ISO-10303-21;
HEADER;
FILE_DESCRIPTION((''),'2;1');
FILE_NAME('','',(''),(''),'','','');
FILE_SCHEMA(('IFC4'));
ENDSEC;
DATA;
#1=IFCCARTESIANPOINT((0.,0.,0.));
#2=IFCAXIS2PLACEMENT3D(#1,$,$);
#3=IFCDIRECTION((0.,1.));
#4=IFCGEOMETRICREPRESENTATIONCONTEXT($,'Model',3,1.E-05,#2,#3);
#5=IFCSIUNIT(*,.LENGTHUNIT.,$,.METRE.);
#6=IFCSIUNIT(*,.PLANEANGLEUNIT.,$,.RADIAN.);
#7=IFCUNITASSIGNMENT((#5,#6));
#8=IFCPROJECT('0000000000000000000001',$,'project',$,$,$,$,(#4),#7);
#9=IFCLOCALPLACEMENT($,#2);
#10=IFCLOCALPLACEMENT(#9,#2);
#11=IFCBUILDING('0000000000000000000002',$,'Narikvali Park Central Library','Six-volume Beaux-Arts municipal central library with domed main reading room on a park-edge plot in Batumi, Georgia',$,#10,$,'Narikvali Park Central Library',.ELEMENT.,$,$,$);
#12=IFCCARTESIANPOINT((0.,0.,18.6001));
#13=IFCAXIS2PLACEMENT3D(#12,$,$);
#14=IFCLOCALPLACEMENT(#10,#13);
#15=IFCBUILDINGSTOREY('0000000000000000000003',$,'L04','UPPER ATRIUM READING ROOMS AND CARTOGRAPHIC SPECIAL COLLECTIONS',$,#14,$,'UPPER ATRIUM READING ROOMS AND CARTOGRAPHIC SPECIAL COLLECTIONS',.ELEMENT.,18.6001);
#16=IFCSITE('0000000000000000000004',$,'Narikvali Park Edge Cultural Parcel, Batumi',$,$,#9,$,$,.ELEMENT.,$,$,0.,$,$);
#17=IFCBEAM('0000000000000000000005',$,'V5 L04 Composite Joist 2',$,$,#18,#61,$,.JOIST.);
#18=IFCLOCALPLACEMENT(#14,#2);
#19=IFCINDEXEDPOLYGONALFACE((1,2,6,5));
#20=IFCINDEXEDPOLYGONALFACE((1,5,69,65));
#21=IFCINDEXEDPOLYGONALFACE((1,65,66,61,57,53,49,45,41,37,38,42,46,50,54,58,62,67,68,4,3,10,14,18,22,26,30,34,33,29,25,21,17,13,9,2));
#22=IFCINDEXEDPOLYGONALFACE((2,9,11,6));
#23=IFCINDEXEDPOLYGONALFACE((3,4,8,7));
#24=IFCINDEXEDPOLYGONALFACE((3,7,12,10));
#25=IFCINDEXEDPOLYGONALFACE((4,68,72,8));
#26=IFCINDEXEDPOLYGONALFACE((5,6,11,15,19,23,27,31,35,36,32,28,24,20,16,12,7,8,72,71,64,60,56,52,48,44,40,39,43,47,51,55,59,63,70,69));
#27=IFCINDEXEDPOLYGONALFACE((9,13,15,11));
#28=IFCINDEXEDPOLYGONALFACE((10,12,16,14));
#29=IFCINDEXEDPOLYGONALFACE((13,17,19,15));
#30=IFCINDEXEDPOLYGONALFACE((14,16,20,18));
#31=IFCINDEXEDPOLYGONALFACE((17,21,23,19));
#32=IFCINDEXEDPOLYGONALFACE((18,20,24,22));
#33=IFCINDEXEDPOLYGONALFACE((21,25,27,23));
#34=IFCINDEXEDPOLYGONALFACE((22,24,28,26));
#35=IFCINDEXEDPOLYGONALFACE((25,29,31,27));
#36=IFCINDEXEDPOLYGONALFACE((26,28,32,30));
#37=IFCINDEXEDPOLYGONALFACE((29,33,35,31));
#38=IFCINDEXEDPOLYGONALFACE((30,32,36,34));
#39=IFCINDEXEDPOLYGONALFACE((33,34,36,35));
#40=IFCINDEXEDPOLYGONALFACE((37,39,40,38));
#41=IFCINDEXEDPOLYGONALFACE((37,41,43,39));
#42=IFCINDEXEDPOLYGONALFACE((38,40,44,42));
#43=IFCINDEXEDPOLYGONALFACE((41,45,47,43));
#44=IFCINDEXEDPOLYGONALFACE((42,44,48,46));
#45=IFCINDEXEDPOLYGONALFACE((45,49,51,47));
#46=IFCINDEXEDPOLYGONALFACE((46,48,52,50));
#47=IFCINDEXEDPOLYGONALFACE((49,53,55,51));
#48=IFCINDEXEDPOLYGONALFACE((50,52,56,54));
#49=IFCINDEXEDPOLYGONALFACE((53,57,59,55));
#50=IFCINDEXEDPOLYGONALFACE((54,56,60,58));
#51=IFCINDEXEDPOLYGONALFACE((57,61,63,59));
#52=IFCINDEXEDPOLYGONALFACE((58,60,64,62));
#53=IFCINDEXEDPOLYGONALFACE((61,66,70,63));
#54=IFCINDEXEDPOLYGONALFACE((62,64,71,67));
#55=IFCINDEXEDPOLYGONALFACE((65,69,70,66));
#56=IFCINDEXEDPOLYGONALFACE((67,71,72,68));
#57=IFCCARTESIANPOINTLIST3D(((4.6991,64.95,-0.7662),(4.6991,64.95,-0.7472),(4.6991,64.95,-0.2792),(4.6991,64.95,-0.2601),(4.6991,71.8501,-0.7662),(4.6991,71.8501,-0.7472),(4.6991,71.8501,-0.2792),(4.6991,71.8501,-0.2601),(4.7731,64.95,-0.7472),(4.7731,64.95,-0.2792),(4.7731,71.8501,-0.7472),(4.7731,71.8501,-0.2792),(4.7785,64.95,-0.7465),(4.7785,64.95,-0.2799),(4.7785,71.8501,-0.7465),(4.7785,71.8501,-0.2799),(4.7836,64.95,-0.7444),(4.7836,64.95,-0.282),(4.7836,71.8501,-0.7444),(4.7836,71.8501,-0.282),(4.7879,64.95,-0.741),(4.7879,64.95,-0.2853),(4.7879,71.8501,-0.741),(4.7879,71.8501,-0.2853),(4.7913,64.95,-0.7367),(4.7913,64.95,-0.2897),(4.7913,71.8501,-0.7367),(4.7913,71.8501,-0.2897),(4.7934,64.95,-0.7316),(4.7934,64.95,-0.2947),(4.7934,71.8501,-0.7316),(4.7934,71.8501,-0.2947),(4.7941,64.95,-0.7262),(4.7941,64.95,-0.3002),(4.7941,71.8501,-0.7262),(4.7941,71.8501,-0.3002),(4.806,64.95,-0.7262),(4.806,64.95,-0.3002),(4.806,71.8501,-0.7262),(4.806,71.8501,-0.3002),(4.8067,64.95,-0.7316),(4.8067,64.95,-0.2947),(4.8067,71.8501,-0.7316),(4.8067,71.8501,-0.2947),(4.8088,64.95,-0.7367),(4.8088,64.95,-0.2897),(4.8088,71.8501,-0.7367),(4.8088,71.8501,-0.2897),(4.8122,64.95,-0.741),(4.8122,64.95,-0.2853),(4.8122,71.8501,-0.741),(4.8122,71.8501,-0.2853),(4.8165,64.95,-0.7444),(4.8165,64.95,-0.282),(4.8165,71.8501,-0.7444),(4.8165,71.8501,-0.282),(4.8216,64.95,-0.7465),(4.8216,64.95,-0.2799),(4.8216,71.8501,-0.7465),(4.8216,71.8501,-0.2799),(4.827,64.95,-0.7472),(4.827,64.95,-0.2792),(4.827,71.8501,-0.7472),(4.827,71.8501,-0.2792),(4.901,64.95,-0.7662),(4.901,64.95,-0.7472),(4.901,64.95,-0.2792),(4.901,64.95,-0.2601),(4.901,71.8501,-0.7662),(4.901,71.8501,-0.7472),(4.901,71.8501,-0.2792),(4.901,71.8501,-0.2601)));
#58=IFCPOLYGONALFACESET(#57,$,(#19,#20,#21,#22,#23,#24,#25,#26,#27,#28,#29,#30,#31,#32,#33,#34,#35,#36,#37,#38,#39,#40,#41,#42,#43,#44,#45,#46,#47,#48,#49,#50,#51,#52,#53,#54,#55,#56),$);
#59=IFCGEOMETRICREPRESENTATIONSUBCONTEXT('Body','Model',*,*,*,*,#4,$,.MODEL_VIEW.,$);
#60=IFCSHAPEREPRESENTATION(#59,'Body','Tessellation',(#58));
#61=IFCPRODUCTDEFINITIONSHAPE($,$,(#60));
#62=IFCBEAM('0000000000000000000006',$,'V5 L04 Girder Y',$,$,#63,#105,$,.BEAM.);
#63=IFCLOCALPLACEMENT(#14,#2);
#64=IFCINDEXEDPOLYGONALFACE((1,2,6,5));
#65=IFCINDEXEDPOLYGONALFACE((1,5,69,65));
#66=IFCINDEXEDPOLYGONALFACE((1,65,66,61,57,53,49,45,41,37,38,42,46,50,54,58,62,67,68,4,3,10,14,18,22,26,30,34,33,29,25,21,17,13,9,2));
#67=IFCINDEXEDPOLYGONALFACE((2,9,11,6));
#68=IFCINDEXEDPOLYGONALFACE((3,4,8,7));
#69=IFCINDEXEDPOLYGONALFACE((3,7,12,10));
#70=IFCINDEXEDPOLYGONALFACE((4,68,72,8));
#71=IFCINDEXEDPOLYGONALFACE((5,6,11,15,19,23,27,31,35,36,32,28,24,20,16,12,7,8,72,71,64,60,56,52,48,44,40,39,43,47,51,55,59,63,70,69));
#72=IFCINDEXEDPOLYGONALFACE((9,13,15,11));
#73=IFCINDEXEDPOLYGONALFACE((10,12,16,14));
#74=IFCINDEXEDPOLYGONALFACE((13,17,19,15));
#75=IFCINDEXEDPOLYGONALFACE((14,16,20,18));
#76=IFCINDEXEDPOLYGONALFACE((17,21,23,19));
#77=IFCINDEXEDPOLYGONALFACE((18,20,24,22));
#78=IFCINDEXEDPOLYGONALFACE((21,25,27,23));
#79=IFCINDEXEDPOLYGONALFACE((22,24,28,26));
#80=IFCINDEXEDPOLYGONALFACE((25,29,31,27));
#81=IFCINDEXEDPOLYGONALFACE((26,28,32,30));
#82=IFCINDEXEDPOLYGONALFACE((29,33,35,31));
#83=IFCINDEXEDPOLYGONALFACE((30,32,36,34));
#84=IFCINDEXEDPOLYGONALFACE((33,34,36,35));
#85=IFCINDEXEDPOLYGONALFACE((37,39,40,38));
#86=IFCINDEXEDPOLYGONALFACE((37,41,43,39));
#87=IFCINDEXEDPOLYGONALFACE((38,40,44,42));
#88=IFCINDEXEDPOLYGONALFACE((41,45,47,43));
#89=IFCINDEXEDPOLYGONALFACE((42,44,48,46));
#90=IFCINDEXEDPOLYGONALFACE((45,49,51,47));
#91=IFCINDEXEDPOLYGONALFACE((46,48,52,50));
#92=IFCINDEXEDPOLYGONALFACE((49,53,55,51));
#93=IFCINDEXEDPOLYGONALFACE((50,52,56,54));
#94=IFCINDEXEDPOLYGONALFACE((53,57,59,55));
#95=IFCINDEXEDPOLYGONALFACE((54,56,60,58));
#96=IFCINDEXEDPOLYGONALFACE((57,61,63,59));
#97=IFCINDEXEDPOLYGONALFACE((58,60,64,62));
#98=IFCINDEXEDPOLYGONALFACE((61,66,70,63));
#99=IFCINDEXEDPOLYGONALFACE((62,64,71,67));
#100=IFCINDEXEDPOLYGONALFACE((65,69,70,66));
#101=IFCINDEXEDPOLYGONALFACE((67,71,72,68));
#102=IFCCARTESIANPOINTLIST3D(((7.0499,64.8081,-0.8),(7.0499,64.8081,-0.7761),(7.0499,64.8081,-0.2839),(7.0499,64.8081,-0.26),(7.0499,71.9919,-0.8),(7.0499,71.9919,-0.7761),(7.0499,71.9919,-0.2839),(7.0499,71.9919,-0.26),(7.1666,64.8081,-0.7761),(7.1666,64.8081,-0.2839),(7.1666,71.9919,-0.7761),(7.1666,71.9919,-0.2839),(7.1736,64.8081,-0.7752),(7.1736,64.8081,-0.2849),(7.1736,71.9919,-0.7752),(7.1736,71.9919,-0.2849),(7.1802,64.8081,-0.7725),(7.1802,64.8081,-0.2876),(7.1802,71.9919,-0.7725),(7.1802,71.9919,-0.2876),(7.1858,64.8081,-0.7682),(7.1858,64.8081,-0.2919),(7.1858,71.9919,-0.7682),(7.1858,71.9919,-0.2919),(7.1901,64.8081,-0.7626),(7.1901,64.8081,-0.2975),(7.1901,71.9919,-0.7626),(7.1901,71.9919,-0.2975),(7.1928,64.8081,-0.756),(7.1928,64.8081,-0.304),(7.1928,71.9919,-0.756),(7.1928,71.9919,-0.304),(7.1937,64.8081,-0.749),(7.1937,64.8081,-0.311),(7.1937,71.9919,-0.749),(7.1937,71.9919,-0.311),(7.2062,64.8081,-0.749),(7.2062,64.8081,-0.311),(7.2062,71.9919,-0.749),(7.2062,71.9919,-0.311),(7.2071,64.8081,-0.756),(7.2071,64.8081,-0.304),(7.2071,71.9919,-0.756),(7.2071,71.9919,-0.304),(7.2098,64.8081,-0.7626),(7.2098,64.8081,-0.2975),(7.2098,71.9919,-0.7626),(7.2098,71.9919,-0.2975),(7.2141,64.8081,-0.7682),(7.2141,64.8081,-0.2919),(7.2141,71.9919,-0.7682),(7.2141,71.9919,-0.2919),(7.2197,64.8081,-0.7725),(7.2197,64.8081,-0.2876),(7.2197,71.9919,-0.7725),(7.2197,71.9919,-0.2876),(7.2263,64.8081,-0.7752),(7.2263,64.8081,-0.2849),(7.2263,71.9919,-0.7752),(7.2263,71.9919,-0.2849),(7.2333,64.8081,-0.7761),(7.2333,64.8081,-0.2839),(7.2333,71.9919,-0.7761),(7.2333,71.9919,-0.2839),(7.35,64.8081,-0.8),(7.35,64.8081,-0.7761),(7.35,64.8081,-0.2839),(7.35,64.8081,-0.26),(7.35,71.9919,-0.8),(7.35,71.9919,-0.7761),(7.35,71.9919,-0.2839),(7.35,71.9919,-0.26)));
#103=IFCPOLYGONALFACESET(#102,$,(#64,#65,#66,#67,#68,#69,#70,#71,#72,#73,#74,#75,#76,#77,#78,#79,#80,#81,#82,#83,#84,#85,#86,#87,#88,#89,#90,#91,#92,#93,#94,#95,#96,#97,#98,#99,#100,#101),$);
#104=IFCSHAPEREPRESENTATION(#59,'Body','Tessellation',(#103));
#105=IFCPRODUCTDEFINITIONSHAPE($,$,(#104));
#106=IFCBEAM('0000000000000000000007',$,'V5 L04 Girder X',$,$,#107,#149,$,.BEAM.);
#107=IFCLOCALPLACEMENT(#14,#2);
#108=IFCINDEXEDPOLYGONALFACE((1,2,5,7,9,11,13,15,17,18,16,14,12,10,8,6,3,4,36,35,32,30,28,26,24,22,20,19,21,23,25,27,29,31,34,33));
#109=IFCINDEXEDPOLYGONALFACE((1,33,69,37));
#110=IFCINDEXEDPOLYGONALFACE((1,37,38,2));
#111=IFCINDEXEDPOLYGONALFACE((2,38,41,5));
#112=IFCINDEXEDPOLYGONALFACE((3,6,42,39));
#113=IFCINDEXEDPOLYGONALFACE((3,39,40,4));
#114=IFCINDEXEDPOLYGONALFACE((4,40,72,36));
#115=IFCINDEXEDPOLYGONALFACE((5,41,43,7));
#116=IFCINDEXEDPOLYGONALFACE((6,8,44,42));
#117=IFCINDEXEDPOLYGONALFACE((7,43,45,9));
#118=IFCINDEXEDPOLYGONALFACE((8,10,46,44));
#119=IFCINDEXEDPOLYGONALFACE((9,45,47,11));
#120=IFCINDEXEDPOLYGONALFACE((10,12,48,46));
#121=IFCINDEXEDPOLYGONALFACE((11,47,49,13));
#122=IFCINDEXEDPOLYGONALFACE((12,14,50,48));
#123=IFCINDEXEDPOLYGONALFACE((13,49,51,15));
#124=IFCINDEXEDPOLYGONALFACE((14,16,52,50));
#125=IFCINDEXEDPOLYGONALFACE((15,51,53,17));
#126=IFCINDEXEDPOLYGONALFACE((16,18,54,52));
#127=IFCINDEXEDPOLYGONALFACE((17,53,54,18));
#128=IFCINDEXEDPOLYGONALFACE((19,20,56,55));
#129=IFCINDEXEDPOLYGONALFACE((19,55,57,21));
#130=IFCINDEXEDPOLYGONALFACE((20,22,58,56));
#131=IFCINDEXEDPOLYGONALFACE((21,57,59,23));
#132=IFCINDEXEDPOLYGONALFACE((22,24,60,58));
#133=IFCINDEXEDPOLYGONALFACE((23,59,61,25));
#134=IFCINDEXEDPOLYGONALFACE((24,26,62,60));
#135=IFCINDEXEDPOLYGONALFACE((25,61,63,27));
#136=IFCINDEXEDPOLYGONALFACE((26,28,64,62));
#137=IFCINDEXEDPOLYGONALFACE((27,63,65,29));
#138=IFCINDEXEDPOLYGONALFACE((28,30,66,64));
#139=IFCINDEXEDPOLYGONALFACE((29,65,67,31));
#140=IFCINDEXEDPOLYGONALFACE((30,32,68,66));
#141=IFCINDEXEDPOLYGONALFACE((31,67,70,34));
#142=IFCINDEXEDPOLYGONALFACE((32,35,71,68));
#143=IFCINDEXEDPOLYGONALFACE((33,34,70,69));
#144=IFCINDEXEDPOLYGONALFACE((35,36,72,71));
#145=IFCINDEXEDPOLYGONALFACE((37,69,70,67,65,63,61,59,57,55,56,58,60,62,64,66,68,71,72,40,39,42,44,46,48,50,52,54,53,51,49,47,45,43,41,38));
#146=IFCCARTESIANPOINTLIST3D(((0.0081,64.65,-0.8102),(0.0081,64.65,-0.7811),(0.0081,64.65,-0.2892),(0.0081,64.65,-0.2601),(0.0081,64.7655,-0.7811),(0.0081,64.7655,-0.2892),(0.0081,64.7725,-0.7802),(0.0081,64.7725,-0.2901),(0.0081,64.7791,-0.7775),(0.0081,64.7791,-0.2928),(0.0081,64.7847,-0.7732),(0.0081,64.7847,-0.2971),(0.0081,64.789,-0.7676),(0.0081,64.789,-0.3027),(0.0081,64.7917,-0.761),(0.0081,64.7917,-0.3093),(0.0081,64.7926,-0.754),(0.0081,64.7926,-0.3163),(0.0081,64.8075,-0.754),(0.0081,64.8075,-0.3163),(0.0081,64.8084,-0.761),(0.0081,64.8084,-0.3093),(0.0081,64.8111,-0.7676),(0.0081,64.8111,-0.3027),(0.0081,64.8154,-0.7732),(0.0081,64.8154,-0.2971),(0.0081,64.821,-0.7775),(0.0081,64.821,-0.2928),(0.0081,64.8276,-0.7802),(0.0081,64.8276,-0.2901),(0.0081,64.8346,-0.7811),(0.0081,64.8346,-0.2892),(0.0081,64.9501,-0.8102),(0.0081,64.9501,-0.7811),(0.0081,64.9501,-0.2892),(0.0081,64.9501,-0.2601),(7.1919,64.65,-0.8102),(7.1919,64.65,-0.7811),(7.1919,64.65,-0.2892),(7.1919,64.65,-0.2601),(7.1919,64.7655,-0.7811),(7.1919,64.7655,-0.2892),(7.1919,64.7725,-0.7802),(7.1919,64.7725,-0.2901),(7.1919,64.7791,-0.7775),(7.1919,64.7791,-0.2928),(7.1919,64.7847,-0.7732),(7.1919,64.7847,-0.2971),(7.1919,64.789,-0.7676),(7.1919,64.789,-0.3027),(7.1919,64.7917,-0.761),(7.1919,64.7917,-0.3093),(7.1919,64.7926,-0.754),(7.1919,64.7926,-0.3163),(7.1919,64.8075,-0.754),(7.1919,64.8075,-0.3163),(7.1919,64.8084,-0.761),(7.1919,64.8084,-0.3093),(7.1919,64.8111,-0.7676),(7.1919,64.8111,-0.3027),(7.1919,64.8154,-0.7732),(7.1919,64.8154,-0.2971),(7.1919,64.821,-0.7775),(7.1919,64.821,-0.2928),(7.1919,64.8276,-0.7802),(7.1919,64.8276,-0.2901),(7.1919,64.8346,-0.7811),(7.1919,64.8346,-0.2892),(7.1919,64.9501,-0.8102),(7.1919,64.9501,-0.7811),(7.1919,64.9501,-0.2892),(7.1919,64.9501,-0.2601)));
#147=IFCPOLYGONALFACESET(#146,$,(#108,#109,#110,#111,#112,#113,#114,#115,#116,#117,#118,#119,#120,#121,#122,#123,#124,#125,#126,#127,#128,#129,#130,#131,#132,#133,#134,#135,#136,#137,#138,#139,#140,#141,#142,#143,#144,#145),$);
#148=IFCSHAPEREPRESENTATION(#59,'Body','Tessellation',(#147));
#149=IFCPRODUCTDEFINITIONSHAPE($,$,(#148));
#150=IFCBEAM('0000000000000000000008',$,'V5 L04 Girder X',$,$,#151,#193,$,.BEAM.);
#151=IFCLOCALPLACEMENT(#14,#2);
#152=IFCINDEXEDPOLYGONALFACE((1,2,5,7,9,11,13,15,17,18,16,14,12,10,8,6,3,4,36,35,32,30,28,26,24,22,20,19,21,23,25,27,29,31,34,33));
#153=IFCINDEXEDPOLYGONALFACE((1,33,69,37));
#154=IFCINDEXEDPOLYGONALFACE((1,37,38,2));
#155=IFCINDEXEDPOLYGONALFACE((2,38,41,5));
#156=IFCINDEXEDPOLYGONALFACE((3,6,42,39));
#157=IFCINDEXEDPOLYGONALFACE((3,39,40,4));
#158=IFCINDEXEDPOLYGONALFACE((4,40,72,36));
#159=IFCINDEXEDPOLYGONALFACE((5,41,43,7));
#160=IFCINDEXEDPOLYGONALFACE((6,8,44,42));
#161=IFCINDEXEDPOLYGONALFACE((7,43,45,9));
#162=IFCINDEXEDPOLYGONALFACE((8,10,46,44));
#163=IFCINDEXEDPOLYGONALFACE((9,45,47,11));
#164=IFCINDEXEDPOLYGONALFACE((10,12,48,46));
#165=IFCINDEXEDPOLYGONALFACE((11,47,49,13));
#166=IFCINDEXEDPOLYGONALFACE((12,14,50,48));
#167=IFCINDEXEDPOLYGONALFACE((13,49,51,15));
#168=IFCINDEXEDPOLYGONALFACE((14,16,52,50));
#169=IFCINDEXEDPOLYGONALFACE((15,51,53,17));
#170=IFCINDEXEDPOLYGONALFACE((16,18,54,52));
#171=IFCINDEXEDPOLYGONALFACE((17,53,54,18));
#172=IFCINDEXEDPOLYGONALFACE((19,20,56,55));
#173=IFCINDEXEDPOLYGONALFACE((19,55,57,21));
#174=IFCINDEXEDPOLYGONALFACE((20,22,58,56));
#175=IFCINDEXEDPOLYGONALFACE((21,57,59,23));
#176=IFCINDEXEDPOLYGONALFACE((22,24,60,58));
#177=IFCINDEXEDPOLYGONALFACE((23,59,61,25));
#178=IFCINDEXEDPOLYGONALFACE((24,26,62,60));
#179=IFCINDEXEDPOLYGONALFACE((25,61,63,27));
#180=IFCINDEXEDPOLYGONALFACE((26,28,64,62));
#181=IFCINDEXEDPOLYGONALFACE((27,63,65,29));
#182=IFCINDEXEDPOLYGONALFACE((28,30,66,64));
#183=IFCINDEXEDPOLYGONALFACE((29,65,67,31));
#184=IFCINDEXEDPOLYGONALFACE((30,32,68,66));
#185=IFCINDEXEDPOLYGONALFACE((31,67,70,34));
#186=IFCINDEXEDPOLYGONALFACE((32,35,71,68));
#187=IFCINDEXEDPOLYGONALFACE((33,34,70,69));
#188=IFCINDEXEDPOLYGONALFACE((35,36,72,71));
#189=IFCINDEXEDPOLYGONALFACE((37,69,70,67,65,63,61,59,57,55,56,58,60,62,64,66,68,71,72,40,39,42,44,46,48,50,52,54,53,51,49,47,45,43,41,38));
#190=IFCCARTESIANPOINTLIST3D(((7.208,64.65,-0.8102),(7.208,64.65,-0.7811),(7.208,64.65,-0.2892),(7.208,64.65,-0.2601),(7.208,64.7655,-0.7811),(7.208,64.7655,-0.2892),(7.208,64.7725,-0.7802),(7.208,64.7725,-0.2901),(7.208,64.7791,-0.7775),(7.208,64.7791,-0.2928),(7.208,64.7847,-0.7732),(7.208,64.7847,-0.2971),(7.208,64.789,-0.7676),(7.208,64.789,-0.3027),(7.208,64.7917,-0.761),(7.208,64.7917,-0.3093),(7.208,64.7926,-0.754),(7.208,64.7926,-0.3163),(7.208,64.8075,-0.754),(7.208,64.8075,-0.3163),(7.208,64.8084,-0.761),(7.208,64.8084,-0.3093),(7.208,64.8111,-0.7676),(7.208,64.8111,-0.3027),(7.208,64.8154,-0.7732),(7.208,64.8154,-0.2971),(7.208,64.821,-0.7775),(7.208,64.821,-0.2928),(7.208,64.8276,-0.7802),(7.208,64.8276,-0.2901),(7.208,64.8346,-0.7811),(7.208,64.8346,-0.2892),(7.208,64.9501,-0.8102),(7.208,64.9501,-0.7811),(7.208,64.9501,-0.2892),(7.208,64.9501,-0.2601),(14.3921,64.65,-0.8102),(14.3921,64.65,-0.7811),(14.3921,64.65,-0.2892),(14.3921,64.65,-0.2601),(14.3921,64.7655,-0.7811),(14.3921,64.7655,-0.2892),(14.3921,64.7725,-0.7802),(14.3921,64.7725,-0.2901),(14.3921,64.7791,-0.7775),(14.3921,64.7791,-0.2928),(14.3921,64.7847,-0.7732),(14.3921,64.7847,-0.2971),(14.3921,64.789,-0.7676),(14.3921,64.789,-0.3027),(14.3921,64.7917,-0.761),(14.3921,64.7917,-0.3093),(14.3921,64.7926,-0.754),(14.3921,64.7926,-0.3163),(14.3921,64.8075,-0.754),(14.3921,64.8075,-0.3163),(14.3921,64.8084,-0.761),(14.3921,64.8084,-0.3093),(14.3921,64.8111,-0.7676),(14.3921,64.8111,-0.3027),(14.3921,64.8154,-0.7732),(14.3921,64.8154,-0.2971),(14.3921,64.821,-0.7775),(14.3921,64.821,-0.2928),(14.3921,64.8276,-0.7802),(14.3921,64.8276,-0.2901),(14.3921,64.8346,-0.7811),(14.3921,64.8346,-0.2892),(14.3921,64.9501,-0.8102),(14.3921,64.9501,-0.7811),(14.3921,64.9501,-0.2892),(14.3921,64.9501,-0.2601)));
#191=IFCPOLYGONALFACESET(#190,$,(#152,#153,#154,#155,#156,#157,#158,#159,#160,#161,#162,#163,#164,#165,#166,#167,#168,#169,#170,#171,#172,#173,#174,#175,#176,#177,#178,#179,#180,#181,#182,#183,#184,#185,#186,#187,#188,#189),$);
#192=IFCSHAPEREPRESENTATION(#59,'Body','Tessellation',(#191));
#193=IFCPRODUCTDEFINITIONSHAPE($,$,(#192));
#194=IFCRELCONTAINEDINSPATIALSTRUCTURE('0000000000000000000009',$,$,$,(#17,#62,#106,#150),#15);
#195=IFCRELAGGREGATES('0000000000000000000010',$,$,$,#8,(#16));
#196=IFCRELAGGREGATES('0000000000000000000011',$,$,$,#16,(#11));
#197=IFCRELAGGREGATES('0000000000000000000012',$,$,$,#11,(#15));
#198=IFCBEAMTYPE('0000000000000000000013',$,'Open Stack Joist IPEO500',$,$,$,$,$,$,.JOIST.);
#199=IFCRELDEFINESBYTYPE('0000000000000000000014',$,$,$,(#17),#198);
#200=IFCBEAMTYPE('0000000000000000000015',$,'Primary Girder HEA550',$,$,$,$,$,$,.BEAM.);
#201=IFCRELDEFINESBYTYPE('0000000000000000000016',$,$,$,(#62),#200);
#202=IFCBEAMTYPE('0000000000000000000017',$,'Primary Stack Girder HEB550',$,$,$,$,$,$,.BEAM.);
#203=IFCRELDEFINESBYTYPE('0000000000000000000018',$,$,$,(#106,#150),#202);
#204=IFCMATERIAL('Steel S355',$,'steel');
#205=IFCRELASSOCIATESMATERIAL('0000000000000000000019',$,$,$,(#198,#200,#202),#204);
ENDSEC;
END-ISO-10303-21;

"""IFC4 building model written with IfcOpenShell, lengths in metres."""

from ifc_helpers import new_model, si_unit, direction, frame, origin, origin_2d, place, context, subcontext, project, spatial, i_section, extrude, material, material_profile, profile_set, type_object, element, save


model = new_model("IFC4")

# Units and contexts
model_context = context("Model", 3, precision=1e-05, world=origin(), true_north=direction((0.0, 1.0)))
body_context = subcontext(model_context, "Body", "Model", "MODEL_VIEW")
ifc_project = project(units=[si_unit("LENGTHUNIT", "METRE"), si_unit("PLANEANGLEUNIT", "RADIAN")], contexts=[model_context])

# Site, building, storey
site_placement = place(None, origin())
site = spatial("IfcSite", under=ifc_project, at=site_placement, Name="Narikvali Park Edge Cultural Parcel, Batumi", CompositionType="ELEMENT", RefElevation=0.0)
building_placement = place(site_placement, origin())
building = spatial("IfcBuilding", under=site, at=building_placement, Name="Narikvali Park Central Library", Description="Six-volume Beaux-Arts municipal central library with domed main reading room on a park-edge plot in Batumi, Georgia", LongName="Narikvali Park Central Library", CompositionType="ELEMENT")
storey_placement = place(building_placement, frame((0.0, 0.0, 18.6001)))
storey = spatial("IfcBuildingStorey", under=building, at=storey_placement, Name="L04", Description="UPPER ATRIUM READING ROOMS AND CARTOGRAPHIC SPECIAL COLLECTIONS", LongName="UPPER ATRIUM READING ROOMS AND CARTOGRAPHIC SPECIAL COLLECTIONS", CompositionType="ELEMENT", Elevation=18.6001)

# Shared definitions
ifc_material_1 = material(Name="Steel S355", Category="steel")

# Beams
ifc_material_profile_1 = material_profile(ifc_material_1, i_section(OverallWidth=0.2019, OverallDepth=0.5061, WebThickness=0.012, FlangeThickness=0.019, FilletRadius=0.021, at=origin_2d()), Name="IPEO 500")
ifc_profile_set_1 = profile_set([ifc_material_profile_1], Name="Steel S355")
beam_type_1 = type_object("IfcBeamType", Name="Open Stack Joist IPEO500", PredefinedType="JOIST", material=ifc_profile_set_1)
for number, where, z_axis, x_axis, name in (
    (1, (4.8, 64.95, -0.5132), (0.0, 1.0, 0.0), (-1.0, 0.0, 0.0), "V5 L04 Composite Joist 2"),
):
    element("IfcBeam", number, at=place(storey_placement, frame(where, z_axis=z_axis, x_axis=x_axis)), inside=storey, type_object=beam_type_1, Name=name, PredefinedType="JOIST", context=body_context, shape_type="SweptSolid", body=[
        extrude(i_section(OverallWidth=0.2019, OverallDepth=0.5061, WebThickness=0.012, FlangeThickness=0.019, FilletRadius=0.021, at=origin_2d()), origin(), (0.0, 0.0, 1.0), 6.9001),
    ])
ifc_material_profile_2 = material_profile(ifc_material_1, i_section(OverallWidth=0.3, OverallDepth=0.54, WebThickness=0.0125, FlangeThickness=0.0239, FilletRadius=0.0271, at=origin_2d()), Name="HEA 550")
ifc_profile_set_2 = profile_set([ifc_material_profile_2], Name="Steel S355")
beam_type_2 = type_object("IfcBeamType", Name="Primary Girder HEA550", PredefinedType="BEAM", material=ifc_profile_set_2)
beam_1_placement = place(storey_placement, frame((7.2, 64.8081, -0.53), z_axis=(0.0, 1.0, 0.0), x_axis=(-1.0, 0.0, 0.0)))
element("IfcBeam", 2, at=beam_1_placement, inside=storey, type_object=beam_type_2, Name="V5 L04 Girder Y", PredefinedType="BEAM", context=body_context, shape_type="SweptSolid", body=[
    extrude(i_section(OverallWidth=0.3, OverallDepth=0.54, WebThickness=0.0125, FlangeThickness=0.0239, FilletRadius=0.0271, at=origin_2d()), origin(), (0.0, 0.0, 1.0), 7.1838),
])
ifc_material_profile_3 = material_profile(ifc_material_1, i_section(OverallWidth=0.3, OverallDepth=0.55, WebThickness=0.0149, FlangeThickness=0.0291, FilletRadius=0.0271, at=origin_2d()), Name="HEB 550")
ifc_profile_set_3 = profile_set([ifc_material_profile_3], Name="Steel S355")
beam_type_3 = type_object("IfcBeamType", Name="Primary Stack Girder HEB550", PredefinedType="BEAM", material=ifc_profile_set_3)
beam_2_placement = place(storey_placement, frame((0.0081, 64.8, -0.5352), z_axis=(1.0, 0.0, 0.0), x_axis=(0.0, 1.0, 0.0)))
element("IfcBeam", 3, at=beam_2_placement, inside=storey, type_object=beam_type_3, Name="V5 L04 Girder X", PredefinedType="BEAM", context=body_context, shape_type="SweptSolid", body=[
    extrude(i_section(OverallWidth=0.3, OverallDepth=0.55, WebThickness=0.0149, FlangeThickness=0.0291, FilletRadius=0.0271, at=origin_2d()), origin(), (0.0, 0.0, 1.0), 7.1838),
])
beam_3_placement = place(storey_placement, frame((7.208, 64.8, -0.5352), z_axis=(1.0, 0.0, 0.0), x_axis=(0.0, 1.0, 0.0)))
element("IfcBeam", 4, at=beam_3_placement, inside=storey, type_object=beam_type_3, Name="V5 L04 Girder X", PredefinedType="BEAM", context=body_context, shape_type="SweptSolid", body=[
    extrude(i_section(OverallWidth=0.3, OverallDepth=0.55, WebThickness=0.0149, FlangeThickness=0.0291, FilletRadius=0.0271, at=origin_2d()), origin(), (0.0, 0.0, 1.0), 7.1841),
])

save(model, "model.ifc")
